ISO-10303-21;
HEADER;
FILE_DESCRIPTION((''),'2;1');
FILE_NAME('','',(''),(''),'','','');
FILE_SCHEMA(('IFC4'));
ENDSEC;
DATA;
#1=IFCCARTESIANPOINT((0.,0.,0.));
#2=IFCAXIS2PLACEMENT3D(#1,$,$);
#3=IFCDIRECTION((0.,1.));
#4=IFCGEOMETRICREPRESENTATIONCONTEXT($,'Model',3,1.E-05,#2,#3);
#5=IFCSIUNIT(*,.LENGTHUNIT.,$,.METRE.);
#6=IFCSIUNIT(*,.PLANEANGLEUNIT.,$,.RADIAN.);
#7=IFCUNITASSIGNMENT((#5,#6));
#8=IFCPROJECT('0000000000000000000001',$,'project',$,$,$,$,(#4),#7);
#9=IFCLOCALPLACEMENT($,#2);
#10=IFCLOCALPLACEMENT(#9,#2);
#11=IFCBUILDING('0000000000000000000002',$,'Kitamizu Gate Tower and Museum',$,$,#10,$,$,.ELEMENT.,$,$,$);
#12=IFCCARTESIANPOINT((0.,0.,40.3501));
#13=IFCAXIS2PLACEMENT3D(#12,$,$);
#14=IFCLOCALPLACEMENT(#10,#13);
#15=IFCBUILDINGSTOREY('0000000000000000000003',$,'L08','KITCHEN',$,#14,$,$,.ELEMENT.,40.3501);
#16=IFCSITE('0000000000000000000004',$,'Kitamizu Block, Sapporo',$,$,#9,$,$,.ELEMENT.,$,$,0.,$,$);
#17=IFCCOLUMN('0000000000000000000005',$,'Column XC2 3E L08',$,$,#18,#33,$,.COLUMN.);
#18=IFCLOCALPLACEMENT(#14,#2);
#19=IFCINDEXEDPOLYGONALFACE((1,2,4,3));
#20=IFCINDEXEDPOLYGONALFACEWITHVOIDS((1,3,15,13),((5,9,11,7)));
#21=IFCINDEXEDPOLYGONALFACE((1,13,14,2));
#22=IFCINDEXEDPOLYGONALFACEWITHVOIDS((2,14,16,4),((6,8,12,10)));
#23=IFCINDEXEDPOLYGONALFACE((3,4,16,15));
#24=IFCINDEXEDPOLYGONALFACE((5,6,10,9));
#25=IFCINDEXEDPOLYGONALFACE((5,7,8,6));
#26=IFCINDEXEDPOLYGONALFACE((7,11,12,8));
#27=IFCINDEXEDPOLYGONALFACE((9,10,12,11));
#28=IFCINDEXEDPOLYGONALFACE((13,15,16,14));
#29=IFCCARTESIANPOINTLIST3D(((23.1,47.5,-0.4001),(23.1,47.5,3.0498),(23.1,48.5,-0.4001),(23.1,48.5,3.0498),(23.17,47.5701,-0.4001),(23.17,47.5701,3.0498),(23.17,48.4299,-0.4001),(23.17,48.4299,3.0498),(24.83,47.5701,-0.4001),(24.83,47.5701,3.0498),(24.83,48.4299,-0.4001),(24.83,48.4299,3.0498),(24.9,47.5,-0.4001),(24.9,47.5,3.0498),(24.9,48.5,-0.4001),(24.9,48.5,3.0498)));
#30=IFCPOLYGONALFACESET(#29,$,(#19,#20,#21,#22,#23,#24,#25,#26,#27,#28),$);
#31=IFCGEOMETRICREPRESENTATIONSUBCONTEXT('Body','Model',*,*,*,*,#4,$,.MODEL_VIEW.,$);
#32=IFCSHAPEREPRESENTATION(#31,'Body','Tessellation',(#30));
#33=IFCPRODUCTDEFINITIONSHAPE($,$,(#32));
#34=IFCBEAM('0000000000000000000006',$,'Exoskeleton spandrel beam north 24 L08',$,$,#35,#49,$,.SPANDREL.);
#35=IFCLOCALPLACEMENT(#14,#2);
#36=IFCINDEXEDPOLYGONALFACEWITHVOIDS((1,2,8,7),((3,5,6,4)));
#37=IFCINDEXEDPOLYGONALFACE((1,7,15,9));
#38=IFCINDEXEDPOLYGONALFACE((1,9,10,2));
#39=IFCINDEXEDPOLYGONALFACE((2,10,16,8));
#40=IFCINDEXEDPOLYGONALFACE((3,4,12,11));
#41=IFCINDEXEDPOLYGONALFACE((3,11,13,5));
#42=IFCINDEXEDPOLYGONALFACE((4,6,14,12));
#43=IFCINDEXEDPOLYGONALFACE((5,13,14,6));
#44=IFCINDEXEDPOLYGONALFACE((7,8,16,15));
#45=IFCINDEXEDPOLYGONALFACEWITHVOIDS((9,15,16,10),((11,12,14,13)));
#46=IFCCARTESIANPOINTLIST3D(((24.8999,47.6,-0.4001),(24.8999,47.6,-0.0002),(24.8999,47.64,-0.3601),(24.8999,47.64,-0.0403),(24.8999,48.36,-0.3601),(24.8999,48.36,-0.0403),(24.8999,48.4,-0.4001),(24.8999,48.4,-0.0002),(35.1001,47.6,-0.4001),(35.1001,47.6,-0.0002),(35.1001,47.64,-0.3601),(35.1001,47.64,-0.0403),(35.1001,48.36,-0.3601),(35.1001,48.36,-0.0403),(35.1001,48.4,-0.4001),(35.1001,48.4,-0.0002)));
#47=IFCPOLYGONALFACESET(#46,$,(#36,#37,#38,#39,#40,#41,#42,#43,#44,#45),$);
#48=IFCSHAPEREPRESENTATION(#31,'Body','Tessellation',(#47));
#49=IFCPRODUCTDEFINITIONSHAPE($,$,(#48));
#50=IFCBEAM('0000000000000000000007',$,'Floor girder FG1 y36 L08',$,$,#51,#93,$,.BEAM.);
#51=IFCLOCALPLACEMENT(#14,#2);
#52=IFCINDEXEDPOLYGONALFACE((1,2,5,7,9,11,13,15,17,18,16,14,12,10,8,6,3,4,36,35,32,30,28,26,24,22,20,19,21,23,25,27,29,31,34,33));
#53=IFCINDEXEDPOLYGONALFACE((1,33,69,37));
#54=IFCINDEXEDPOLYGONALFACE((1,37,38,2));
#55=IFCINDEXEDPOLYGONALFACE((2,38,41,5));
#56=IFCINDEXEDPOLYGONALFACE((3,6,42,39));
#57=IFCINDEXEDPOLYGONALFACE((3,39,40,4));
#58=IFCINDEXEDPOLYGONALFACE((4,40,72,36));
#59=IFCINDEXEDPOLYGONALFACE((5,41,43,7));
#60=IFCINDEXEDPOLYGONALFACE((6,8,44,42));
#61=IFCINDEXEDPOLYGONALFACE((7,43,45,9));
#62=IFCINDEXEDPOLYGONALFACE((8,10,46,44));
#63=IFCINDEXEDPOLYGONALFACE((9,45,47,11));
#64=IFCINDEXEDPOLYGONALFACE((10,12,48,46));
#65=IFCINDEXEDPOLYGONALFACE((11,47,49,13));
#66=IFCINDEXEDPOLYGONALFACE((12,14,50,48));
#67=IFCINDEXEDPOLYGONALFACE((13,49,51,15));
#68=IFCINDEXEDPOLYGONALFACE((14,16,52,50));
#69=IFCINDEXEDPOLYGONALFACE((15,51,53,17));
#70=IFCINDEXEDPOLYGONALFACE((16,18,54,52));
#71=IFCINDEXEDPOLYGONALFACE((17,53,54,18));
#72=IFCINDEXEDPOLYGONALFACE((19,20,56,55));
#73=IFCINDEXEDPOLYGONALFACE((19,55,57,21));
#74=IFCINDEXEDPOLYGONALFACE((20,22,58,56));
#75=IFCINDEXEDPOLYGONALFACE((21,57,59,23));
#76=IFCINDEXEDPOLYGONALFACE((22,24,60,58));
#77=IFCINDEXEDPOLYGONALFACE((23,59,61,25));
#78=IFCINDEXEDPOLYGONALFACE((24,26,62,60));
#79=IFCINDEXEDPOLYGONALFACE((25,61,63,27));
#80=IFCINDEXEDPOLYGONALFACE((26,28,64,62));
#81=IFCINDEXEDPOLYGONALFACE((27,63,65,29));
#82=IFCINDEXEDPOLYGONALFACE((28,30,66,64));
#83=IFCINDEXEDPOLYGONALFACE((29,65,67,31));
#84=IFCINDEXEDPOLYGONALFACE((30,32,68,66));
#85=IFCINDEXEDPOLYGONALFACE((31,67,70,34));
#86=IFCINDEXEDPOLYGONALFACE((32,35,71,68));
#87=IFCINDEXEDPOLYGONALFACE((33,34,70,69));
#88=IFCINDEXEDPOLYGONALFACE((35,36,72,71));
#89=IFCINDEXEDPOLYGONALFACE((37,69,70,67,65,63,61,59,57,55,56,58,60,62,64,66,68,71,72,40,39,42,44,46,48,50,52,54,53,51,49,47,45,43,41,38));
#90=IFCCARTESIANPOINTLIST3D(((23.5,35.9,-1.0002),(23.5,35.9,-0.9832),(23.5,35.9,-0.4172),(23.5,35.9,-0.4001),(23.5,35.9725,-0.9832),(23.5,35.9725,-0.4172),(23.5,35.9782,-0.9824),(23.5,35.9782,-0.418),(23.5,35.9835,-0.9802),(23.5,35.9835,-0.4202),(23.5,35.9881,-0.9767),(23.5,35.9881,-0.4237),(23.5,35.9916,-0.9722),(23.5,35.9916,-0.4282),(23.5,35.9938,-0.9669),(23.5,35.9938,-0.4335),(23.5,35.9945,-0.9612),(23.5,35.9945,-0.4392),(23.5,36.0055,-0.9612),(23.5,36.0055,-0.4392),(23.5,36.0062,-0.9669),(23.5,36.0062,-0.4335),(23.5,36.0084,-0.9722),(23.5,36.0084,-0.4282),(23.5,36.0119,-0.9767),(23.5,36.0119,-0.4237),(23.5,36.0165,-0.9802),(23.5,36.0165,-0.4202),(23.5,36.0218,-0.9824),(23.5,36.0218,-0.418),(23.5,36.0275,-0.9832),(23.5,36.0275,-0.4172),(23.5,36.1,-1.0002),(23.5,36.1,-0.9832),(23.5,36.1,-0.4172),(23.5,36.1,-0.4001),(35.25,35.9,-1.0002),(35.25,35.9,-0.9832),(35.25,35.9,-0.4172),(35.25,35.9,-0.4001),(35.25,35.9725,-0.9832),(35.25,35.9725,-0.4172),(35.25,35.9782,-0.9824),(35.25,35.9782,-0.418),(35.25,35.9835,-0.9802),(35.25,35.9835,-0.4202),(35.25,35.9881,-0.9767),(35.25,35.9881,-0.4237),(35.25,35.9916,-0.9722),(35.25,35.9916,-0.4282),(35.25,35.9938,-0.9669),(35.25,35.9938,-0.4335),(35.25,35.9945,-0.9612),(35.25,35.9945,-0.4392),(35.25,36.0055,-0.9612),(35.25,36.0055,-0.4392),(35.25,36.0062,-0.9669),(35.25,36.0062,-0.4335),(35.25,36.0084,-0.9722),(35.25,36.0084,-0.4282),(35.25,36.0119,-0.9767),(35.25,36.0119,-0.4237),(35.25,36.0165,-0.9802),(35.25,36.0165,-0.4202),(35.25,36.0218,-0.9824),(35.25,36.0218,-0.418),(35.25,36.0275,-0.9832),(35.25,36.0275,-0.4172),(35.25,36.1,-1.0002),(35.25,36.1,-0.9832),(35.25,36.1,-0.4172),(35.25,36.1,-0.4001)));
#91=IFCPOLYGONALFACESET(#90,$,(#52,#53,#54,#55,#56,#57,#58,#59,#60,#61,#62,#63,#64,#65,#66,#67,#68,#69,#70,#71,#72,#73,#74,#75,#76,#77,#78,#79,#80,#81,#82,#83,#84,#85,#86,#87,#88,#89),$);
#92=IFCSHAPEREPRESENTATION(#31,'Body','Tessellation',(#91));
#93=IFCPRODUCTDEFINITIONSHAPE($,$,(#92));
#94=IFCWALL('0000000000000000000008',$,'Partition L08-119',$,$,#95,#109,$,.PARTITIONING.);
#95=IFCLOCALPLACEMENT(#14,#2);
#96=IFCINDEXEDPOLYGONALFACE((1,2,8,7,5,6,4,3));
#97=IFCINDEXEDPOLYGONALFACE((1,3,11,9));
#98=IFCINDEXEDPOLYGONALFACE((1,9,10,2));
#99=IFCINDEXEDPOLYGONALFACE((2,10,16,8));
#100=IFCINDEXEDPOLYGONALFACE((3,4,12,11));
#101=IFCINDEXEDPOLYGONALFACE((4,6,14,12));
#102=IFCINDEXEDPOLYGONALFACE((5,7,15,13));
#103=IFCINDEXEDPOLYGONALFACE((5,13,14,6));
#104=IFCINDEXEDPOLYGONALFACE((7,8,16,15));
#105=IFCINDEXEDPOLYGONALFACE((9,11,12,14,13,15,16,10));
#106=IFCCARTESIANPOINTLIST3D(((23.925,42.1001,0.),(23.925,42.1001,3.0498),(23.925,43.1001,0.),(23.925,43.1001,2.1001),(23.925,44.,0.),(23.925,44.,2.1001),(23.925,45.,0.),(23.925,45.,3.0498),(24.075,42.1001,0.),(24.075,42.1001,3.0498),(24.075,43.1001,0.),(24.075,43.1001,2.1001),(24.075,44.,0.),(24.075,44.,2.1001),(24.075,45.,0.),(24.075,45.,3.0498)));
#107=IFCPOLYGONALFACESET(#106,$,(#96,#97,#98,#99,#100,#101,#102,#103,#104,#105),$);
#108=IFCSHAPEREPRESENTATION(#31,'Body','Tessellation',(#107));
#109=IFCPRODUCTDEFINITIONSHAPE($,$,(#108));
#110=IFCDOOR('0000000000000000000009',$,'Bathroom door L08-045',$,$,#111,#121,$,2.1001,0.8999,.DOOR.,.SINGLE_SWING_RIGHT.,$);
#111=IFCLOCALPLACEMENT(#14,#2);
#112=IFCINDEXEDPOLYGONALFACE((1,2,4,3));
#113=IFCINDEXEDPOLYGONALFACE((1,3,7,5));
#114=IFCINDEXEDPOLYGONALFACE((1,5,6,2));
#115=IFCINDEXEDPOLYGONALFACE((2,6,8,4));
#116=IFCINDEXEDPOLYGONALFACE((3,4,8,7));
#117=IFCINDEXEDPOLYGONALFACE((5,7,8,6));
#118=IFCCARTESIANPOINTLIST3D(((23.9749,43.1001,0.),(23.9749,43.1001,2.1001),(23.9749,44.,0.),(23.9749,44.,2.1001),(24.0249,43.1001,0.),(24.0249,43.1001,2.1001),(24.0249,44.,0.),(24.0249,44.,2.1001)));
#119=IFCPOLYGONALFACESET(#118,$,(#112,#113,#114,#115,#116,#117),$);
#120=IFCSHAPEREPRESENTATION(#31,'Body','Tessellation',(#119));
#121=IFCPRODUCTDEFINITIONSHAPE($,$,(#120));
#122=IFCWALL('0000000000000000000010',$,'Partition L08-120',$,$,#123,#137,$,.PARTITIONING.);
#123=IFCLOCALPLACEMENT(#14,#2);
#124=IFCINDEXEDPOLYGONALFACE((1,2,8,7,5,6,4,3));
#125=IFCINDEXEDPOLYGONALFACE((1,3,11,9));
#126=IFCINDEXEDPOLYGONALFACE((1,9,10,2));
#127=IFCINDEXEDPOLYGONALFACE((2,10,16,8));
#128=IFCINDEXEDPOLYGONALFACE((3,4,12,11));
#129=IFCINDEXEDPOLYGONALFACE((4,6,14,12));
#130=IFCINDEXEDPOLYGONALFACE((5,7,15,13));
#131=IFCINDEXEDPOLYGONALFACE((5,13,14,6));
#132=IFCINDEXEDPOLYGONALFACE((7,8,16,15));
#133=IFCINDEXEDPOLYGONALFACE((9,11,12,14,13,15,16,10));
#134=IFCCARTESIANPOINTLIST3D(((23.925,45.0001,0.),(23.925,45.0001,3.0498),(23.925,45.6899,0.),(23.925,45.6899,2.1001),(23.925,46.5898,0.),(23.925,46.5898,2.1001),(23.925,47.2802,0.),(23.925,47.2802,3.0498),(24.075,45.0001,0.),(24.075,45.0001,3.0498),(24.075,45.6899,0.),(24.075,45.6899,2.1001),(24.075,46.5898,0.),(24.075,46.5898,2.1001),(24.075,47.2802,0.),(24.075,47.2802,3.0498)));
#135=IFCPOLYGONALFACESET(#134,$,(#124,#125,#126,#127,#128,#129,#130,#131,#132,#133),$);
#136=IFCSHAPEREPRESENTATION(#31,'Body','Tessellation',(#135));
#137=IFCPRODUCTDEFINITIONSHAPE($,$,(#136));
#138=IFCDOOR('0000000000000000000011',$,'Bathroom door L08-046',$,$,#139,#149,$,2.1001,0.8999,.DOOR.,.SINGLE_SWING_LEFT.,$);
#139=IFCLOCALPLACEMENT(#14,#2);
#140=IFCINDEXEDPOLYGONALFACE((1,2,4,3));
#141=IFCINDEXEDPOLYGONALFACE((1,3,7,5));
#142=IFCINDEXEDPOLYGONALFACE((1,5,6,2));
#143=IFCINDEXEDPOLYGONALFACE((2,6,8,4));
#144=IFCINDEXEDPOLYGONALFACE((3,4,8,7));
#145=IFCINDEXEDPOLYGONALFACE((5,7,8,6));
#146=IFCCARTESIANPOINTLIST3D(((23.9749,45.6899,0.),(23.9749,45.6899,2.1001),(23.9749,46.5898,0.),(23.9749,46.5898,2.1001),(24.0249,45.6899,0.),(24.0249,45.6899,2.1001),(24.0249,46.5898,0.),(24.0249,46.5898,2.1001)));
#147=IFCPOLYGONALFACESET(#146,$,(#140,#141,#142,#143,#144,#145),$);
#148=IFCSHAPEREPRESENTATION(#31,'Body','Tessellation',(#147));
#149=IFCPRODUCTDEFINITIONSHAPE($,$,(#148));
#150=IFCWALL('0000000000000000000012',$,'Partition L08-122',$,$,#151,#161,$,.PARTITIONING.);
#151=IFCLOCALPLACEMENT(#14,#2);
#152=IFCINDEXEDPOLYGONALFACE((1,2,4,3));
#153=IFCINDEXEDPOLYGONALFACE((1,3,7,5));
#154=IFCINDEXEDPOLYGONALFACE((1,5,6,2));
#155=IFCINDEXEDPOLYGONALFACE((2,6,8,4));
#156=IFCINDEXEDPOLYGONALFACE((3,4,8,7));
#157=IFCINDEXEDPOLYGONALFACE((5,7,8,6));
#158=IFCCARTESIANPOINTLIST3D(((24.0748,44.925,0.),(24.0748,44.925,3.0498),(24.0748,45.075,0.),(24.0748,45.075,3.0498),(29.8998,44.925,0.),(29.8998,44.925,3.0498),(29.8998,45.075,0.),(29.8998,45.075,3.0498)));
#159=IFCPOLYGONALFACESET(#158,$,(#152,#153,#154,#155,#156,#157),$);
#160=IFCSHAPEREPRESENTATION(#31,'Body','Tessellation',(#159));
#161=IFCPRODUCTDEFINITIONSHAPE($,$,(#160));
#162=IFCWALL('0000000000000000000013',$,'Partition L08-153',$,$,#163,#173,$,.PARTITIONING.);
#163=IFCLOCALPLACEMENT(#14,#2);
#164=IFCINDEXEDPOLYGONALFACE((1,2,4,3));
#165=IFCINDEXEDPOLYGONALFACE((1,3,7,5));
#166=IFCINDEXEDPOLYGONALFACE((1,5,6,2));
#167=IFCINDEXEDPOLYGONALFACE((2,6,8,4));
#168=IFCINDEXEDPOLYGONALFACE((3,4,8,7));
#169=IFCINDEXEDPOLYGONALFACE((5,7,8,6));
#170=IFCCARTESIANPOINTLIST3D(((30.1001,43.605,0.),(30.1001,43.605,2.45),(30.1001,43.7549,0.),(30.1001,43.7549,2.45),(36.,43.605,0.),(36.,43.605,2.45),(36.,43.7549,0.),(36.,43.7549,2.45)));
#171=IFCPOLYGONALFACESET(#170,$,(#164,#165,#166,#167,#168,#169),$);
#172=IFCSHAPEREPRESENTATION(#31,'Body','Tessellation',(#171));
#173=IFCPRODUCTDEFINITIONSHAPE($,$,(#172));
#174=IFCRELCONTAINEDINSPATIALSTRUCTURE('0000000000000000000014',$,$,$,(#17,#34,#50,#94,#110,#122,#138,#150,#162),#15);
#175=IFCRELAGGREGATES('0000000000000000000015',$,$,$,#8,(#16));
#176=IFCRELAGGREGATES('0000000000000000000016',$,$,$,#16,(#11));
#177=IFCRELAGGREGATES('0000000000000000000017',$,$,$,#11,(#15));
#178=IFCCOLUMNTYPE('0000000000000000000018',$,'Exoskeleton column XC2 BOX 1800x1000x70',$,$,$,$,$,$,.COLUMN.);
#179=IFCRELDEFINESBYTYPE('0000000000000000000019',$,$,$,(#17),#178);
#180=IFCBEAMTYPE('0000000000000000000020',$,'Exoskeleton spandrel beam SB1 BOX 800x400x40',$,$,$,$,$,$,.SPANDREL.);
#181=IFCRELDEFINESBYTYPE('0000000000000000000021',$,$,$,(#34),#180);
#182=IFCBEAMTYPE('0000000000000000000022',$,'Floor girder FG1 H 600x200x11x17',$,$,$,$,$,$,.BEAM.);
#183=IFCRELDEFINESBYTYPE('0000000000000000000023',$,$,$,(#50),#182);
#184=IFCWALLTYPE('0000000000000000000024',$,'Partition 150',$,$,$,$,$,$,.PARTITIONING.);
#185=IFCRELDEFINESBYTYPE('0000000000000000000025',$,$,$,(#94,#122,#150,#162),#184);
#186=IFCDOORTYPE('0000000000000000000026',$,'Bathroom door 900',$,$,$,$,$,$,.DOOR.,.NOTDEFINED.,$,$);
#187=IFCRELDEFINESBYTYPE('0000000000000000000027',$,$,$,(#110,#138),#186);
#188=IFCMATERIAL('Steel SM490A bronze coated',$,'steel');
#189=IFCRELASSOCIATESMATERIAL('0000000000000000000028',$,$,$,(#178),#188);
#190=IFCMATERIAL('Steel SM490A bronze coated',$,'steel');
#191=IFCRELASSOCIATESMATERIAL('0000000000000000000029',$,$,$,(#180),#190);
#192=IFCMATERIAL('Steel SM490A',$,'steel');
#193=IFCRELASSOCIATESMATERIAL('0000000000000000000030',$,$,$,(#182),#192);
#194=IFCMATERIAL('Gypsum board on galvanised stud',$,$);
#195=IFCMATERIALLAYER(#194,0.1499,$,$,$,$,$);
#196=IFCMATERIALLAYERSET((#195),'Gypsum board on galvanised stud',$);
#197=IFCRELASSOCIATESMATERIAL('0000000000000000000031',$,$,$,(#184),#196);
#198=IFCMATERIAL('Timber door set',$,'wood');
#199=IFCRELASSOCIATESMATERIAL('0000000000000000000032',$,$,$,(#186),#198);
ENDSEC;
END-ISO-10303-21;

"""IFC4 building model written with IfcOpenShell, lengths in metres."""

from ifc_helpers import new_model, si_unit, direction, frame, frame_2d, origin, origin_2d, place, context, subcontext, project, spatial, rectangle, hollow_rectangle, i_section, extrude, material, layer, layer_set, material_profile, profile_set, type_object, element, fill, save


model = new_model("IFC4")

# Units and contexts
model_context = context("Model", 3, precision=1e-05, world=origin(), true_north=direction((0.0, 1.0)))
body_context = subcontext(model_context, "Body", "Model", "MODEL_VIEW")
ifc_project = project(units=[si_unit("LENGTHUNIT", "METRE"), si_unit("PLANEANGLEUNIT", "RADIAN")], contexts=[model_context])

# Site, building, storey
site_placement = place(None, origin())
site = spatial("IfcSite", under=ifc_project, at=site_placement, Name="Kitamizu Block, Sapporo", CompositionType="ELEMENT", RefElevation=0.0)
building_placement = place(site_placement, origin())
building = spatial("IfcBuilding", under=site, at=building_placement, Name="Kitamizu Gate Tower and Museum", CompositionType="ELEMENT")
storey_placement = place(building_placement, frame((0.0, 0.0, 40.3501)))
storey = spatial("IfcBuildingStorey", under=building, at=storey_placement, Name="L08", Description="KITCHEN", CompositionType="ELEMENT", Elevation=40.3501)

# Column
ifc_material_1 = material(Name="Steel SM490A bronze coated", Category="steel")
ifc_material_profile_1 = material_profile(ifc_material_1, hollow_rectangle(XDim=1.8, YDim=1.0, WallThickness=0.0701, at=origin_2d()), Name="BOX 1800x1000x70")
ifc_profile_set_1 = profile_set([ifc_material_profile_1], Name="Steel SM490A bronze coated")
column_type = type_object("IfcColumnType", Name="Exoskeleton column XC2 BOX 1800x1000x70", PredefinedType="COLUMN", material=ifc_profile_set_1)
column_placement = place(storey_placement, frame((24.0, 48.0, -0.4001), z_axis=(0.0, 0.0, 1.0), x_axis=(1.0, 0.0, 0.0)))
element("IfcColumn", 1, at=column_placement, inside=storey, type_object=column_type, Name="Column XC2 3E L08", PredefinedType="COLUMN", context=body_context, shape_type="SweptSolid", body=[
    extrude(hollow_rectangle(XDim=1.8, YDim=1.0, WallThickness=0.0701, at=origin_2d()), origin(), (0.0, 0.0, 1.0), 3.45),
])

# Beams
ifc_material_2 = material(Name="Steel SM490A bronze coated", Category="steel")
ifc_material_profile_2 = material_profile(ifc_material_2, hollow_rectangle(XDim=0.8, YDim=0.3999, WallThickness=0.04, at=origin_2d()), Name="BOX 800x400x40")
ifc_profile_set_2 = profile_set([ifc_material_profile_2], Name="Steel SM490A bronze coated")
beam_type_1 = type_object("IfcBeamType", Name="Exoskeleton spandrel beam SB1 BOX 800x400x40", PredefinedType="SPANDREL", material=ifc_profile_set_2)
beam_1_placement = place(storey_placement, frame((24.8999, 48.0, -0.2002), z_axis=(1.0, 0.0, 0.0), x_axis=(0.0, 1.0, 0.0)))
element("IfcBeam", 2, at=beam_1_placement, inside=storey, type_object=beam_type_1, Name="Exoskeleton spandrel beam north 24 L08", PredefinedType="SPANDREL", context=body_context, shape_type="SweptSolid", body=[
    extrude(hollow_rectangle(XDim=0.8, YDim=0.3999, WallThickness=0.04, at=origin_2d()), origin(), (0.0, 0.0, 1.0), 10.2002),
])
ifc_material_3 = material(Name="Steel SM490A", Category="steel")
ifc_material_profile_3 = material_profile(ifc_material_3, i_section(OverallWidth=0.2, OverallDepth=0.6001, WebThickness=0.011, FlangeThickness=0.0171, FilletRadius=0.022, at=origin_2d()), Name="H-600x200x11x17")
ifc_profile_set_3 = profile_set([ifc_material_profile_3], Name="Steel SM490A")
beam_type_2 = type_object("IfcBeamType", Name="Floor girder FG1 H 600x200x11x17", PredefinedType="BEAM", material=ifc_profile_set_3)
beam_2_placement = place(storey_placement, frame((23.5, 36.0, -0.7002), z_axis=(1.0, 0.0, 0.0), x_axis=(0.0, 1.0, 0.0)))
element("IfcBeam", 3, at=beam_2_placement, inside=storey, type_object=beam_type_2, Name="Floor girder FG1 y36 L08", PredefinedType="BEAM", context=body_context, shape_type="SweptSolid", body=[
    extrude(i_section(OverallWidth=0.2, OverallDepth=0.6001, WebThickness=0.011, FlangeThickness=0.0171, FilletRadius=0.022, at=origin_2d()), origin(), (0.0, 0.0, 1.0), 11.75),
])

# Walls, openings, doors
ifc_material_4 = material(Name="Gypsum board on galvanised stud")
ifc_layer_1 = layer(ifc_material_4, 0.1499)
ifc_layer_set_1 = layer_set([ifc_layer_1], Name="Gypsum board on galvanised stud")
wall_type_1 = type_object("IfcWallType", Name="Partition 150", PredefinedType="PARTITIONING", material=ifc_layer_set_1)
wall_1_placement = place(storey_placement, frame((24.0, 42.1001, 0.0), z_axis=(0.0, 0.0, 1.0), x_axis=(0.0, 1.0, 0.0)))
wall_1 = element("IfcWall", 4, at=wall_1_placement, inside=storey, type_object=wall_type_1, Name="Partition L08-119", PredefinedType="PARTITIONING", context=body_context, shape_type="SweptSolid", body=[
    extrude(rectangle(XDim=2.8999, YDim=0.1499, at=frame_2d((1.45, 0.0))), origin(), (0.0, 0.0, 1.0), 3.0498),
])
opening_1_placement = place(wall_1_placement, frame((1.0, 0.0, 0.0)))
opening_1 = element("IfcOpeningElement", 5, at=opening_1_placement, cuts=wall_1, PredefinedType="OPENING", context=body_context, shape_type="SweptSolid", body=[
    extrude(rectangle(XDim=0.8999, YDim=2.1001, at=frame_2d((0.45, 1.05))), frame((0.0, 0.085, 0.0), z_axis=(0.0, -1.0, 0.0), x_axis=(1.0, 0.0, 0.0)), (0.0, 0.0, 1.0), 0.1699),
])
ifc_material_5 = material(Name="Timber door set", Category="wood")
door_type_1 = type_object("IfcDoorType", Name="Bathroom door 900", OperationType="NOTDEFINED", PredefinedType="DOOR", material=ifc_material_5)
door_1_placement = place(opening_1_placement, frame((0.8999, 0.0, 0.0), x_axis=(-1.0, 0.0, 0.0)))
door_1 = element("IfcDoor", 6, at=door_1_placement, inside=storey, type_object=door_type_1, Name="Bathroom door L08-045", OperationType="SINGLE_SWING_RIGHT", OverallHeight=2.1001, OverallWidth=0.8999, PredefinedType="DOOR", context=body_context, shape_type="SweptSolid", body=[
    extrude(rectangle(XDim=0.8999, YDim=2.1001, at=frame_2d((0.45, 1.05))), frame((0.0, 0.0249, 0.0), z_axis=(0.0, -1.0, 0.0), x_axis=(1.0, 0.0, 0.0)), (0.0, 0.0, 1.0), 0.05),
])
fill(opening_1, door_1)
wall_2_placement = place(storey_placement, frame((24.0, 45.0, 0.0), z_axis=(0.0, 0.0, 1.0), x_axis=(0.0, 1.0, 0.0)))
wall_2 = element("IfcWall", 7, at=wall_2_placement, inside=storey, type_object=wall_type_1, Name="Partition L08-120", PredefinedType="PARTITIONING", context=body_context, shape_type="SweptSolid", body=[
    extrude(rectangle(XDim=2.28, YDim=0.1499, at=frame_2d((1.1401, 0.0))), origin(), (0.0, 0.0, 1.0), 3.0498),
])
opening_2_placement = place(wall_2_placement, frame((0.6899, 0.0, 0.0)))
opening_2 = element("IfcOpeningElement", 8, at=opening_2_placement, cuts=wall_2, PredefinedType="OPENING", context=body_context, shape_type="SweptSolid", body=[
    extrude(rectangle(XDim=0.8999, YDim=2.1001, at=frame_2d((0.45, 1.05))), frame((0.0, 0.085, 0.0), z_axis=(0.0, -1.0, 0.0), x_axis=(1.0, 0.0, 0.0)), (0.0, 0.0, 1.0), 0.1699),
])
door_2_placement = place(opening_2_placement, frame((0.8999, 0.0, 0.0), x_axis=(-1.0, 0.0, 0.0)))
door_2 = element("IfcDoor", 9, at=door_2_placement, inside=storey, type_object=door_type_1, Name="Bathroom door L08-046", OperationType="SINGLE_SWING_LEFT", OverallHeight=2.1001, OverallWidth=0.8999, PredefinedType="DOOR", context=body_context, shape_type="SweptSolid", body=[
    extrude(rectangle(XDim=0.8999, YDim=2.1001, at=frame_2d((0.45, 1.05))), frame((0.0, 0.0249, 0.0), z_axis=(0.0, -1.0, 0.0), x_axis=(1.0, 0.0, 0.0)), (0.0, 0.0, 1.0), 0.05),
])
fill(opening_2, door_2)

# Walls
wall_3_placement = place(storey_placement, frame((29.8999, 45.0, 0.0), z_axis=(0.0, 0.0, 1.0), x_axis=(-1.0, 0.0, 0.0)))
element("IfcWall", 10, at=wall_3_placement, inside=storey, type_object=wall_type_1, Name="Partition L08-122", PredefinedType="PARTITIONING", context=body_context, shape_type="SweptSolid", body=[
    extrude(rectangle(XDim=5.825, YDim=0.1499, at=frame_2d((2.9126, 0.0))), origin(), (0.0, 0.0, 1.0), 3.0498),
])
wall_4_placement = place(storey_placement, frame((30.1001, 43.6799, 0.0), z_axis=(0.0, 0.0, 1.0), x_axis=(1.0, 0.0, 0.0)))
element("IfcWall", 11, at=wall_4_placement, inside=storey, type_object=wall_type_1, Name="Partition L08-153", PredefinedType="PARTITIONING", context=body_context, shape_type="SweptSolid", body=[
    extrude(rectangle(XDim=5.8999, YDim=0.1499, at=frame_2d((2.95, 0.0))), origin(), (0.0, 0.0, 1.0), 2.45),
])

save(model, "model.ifc")
